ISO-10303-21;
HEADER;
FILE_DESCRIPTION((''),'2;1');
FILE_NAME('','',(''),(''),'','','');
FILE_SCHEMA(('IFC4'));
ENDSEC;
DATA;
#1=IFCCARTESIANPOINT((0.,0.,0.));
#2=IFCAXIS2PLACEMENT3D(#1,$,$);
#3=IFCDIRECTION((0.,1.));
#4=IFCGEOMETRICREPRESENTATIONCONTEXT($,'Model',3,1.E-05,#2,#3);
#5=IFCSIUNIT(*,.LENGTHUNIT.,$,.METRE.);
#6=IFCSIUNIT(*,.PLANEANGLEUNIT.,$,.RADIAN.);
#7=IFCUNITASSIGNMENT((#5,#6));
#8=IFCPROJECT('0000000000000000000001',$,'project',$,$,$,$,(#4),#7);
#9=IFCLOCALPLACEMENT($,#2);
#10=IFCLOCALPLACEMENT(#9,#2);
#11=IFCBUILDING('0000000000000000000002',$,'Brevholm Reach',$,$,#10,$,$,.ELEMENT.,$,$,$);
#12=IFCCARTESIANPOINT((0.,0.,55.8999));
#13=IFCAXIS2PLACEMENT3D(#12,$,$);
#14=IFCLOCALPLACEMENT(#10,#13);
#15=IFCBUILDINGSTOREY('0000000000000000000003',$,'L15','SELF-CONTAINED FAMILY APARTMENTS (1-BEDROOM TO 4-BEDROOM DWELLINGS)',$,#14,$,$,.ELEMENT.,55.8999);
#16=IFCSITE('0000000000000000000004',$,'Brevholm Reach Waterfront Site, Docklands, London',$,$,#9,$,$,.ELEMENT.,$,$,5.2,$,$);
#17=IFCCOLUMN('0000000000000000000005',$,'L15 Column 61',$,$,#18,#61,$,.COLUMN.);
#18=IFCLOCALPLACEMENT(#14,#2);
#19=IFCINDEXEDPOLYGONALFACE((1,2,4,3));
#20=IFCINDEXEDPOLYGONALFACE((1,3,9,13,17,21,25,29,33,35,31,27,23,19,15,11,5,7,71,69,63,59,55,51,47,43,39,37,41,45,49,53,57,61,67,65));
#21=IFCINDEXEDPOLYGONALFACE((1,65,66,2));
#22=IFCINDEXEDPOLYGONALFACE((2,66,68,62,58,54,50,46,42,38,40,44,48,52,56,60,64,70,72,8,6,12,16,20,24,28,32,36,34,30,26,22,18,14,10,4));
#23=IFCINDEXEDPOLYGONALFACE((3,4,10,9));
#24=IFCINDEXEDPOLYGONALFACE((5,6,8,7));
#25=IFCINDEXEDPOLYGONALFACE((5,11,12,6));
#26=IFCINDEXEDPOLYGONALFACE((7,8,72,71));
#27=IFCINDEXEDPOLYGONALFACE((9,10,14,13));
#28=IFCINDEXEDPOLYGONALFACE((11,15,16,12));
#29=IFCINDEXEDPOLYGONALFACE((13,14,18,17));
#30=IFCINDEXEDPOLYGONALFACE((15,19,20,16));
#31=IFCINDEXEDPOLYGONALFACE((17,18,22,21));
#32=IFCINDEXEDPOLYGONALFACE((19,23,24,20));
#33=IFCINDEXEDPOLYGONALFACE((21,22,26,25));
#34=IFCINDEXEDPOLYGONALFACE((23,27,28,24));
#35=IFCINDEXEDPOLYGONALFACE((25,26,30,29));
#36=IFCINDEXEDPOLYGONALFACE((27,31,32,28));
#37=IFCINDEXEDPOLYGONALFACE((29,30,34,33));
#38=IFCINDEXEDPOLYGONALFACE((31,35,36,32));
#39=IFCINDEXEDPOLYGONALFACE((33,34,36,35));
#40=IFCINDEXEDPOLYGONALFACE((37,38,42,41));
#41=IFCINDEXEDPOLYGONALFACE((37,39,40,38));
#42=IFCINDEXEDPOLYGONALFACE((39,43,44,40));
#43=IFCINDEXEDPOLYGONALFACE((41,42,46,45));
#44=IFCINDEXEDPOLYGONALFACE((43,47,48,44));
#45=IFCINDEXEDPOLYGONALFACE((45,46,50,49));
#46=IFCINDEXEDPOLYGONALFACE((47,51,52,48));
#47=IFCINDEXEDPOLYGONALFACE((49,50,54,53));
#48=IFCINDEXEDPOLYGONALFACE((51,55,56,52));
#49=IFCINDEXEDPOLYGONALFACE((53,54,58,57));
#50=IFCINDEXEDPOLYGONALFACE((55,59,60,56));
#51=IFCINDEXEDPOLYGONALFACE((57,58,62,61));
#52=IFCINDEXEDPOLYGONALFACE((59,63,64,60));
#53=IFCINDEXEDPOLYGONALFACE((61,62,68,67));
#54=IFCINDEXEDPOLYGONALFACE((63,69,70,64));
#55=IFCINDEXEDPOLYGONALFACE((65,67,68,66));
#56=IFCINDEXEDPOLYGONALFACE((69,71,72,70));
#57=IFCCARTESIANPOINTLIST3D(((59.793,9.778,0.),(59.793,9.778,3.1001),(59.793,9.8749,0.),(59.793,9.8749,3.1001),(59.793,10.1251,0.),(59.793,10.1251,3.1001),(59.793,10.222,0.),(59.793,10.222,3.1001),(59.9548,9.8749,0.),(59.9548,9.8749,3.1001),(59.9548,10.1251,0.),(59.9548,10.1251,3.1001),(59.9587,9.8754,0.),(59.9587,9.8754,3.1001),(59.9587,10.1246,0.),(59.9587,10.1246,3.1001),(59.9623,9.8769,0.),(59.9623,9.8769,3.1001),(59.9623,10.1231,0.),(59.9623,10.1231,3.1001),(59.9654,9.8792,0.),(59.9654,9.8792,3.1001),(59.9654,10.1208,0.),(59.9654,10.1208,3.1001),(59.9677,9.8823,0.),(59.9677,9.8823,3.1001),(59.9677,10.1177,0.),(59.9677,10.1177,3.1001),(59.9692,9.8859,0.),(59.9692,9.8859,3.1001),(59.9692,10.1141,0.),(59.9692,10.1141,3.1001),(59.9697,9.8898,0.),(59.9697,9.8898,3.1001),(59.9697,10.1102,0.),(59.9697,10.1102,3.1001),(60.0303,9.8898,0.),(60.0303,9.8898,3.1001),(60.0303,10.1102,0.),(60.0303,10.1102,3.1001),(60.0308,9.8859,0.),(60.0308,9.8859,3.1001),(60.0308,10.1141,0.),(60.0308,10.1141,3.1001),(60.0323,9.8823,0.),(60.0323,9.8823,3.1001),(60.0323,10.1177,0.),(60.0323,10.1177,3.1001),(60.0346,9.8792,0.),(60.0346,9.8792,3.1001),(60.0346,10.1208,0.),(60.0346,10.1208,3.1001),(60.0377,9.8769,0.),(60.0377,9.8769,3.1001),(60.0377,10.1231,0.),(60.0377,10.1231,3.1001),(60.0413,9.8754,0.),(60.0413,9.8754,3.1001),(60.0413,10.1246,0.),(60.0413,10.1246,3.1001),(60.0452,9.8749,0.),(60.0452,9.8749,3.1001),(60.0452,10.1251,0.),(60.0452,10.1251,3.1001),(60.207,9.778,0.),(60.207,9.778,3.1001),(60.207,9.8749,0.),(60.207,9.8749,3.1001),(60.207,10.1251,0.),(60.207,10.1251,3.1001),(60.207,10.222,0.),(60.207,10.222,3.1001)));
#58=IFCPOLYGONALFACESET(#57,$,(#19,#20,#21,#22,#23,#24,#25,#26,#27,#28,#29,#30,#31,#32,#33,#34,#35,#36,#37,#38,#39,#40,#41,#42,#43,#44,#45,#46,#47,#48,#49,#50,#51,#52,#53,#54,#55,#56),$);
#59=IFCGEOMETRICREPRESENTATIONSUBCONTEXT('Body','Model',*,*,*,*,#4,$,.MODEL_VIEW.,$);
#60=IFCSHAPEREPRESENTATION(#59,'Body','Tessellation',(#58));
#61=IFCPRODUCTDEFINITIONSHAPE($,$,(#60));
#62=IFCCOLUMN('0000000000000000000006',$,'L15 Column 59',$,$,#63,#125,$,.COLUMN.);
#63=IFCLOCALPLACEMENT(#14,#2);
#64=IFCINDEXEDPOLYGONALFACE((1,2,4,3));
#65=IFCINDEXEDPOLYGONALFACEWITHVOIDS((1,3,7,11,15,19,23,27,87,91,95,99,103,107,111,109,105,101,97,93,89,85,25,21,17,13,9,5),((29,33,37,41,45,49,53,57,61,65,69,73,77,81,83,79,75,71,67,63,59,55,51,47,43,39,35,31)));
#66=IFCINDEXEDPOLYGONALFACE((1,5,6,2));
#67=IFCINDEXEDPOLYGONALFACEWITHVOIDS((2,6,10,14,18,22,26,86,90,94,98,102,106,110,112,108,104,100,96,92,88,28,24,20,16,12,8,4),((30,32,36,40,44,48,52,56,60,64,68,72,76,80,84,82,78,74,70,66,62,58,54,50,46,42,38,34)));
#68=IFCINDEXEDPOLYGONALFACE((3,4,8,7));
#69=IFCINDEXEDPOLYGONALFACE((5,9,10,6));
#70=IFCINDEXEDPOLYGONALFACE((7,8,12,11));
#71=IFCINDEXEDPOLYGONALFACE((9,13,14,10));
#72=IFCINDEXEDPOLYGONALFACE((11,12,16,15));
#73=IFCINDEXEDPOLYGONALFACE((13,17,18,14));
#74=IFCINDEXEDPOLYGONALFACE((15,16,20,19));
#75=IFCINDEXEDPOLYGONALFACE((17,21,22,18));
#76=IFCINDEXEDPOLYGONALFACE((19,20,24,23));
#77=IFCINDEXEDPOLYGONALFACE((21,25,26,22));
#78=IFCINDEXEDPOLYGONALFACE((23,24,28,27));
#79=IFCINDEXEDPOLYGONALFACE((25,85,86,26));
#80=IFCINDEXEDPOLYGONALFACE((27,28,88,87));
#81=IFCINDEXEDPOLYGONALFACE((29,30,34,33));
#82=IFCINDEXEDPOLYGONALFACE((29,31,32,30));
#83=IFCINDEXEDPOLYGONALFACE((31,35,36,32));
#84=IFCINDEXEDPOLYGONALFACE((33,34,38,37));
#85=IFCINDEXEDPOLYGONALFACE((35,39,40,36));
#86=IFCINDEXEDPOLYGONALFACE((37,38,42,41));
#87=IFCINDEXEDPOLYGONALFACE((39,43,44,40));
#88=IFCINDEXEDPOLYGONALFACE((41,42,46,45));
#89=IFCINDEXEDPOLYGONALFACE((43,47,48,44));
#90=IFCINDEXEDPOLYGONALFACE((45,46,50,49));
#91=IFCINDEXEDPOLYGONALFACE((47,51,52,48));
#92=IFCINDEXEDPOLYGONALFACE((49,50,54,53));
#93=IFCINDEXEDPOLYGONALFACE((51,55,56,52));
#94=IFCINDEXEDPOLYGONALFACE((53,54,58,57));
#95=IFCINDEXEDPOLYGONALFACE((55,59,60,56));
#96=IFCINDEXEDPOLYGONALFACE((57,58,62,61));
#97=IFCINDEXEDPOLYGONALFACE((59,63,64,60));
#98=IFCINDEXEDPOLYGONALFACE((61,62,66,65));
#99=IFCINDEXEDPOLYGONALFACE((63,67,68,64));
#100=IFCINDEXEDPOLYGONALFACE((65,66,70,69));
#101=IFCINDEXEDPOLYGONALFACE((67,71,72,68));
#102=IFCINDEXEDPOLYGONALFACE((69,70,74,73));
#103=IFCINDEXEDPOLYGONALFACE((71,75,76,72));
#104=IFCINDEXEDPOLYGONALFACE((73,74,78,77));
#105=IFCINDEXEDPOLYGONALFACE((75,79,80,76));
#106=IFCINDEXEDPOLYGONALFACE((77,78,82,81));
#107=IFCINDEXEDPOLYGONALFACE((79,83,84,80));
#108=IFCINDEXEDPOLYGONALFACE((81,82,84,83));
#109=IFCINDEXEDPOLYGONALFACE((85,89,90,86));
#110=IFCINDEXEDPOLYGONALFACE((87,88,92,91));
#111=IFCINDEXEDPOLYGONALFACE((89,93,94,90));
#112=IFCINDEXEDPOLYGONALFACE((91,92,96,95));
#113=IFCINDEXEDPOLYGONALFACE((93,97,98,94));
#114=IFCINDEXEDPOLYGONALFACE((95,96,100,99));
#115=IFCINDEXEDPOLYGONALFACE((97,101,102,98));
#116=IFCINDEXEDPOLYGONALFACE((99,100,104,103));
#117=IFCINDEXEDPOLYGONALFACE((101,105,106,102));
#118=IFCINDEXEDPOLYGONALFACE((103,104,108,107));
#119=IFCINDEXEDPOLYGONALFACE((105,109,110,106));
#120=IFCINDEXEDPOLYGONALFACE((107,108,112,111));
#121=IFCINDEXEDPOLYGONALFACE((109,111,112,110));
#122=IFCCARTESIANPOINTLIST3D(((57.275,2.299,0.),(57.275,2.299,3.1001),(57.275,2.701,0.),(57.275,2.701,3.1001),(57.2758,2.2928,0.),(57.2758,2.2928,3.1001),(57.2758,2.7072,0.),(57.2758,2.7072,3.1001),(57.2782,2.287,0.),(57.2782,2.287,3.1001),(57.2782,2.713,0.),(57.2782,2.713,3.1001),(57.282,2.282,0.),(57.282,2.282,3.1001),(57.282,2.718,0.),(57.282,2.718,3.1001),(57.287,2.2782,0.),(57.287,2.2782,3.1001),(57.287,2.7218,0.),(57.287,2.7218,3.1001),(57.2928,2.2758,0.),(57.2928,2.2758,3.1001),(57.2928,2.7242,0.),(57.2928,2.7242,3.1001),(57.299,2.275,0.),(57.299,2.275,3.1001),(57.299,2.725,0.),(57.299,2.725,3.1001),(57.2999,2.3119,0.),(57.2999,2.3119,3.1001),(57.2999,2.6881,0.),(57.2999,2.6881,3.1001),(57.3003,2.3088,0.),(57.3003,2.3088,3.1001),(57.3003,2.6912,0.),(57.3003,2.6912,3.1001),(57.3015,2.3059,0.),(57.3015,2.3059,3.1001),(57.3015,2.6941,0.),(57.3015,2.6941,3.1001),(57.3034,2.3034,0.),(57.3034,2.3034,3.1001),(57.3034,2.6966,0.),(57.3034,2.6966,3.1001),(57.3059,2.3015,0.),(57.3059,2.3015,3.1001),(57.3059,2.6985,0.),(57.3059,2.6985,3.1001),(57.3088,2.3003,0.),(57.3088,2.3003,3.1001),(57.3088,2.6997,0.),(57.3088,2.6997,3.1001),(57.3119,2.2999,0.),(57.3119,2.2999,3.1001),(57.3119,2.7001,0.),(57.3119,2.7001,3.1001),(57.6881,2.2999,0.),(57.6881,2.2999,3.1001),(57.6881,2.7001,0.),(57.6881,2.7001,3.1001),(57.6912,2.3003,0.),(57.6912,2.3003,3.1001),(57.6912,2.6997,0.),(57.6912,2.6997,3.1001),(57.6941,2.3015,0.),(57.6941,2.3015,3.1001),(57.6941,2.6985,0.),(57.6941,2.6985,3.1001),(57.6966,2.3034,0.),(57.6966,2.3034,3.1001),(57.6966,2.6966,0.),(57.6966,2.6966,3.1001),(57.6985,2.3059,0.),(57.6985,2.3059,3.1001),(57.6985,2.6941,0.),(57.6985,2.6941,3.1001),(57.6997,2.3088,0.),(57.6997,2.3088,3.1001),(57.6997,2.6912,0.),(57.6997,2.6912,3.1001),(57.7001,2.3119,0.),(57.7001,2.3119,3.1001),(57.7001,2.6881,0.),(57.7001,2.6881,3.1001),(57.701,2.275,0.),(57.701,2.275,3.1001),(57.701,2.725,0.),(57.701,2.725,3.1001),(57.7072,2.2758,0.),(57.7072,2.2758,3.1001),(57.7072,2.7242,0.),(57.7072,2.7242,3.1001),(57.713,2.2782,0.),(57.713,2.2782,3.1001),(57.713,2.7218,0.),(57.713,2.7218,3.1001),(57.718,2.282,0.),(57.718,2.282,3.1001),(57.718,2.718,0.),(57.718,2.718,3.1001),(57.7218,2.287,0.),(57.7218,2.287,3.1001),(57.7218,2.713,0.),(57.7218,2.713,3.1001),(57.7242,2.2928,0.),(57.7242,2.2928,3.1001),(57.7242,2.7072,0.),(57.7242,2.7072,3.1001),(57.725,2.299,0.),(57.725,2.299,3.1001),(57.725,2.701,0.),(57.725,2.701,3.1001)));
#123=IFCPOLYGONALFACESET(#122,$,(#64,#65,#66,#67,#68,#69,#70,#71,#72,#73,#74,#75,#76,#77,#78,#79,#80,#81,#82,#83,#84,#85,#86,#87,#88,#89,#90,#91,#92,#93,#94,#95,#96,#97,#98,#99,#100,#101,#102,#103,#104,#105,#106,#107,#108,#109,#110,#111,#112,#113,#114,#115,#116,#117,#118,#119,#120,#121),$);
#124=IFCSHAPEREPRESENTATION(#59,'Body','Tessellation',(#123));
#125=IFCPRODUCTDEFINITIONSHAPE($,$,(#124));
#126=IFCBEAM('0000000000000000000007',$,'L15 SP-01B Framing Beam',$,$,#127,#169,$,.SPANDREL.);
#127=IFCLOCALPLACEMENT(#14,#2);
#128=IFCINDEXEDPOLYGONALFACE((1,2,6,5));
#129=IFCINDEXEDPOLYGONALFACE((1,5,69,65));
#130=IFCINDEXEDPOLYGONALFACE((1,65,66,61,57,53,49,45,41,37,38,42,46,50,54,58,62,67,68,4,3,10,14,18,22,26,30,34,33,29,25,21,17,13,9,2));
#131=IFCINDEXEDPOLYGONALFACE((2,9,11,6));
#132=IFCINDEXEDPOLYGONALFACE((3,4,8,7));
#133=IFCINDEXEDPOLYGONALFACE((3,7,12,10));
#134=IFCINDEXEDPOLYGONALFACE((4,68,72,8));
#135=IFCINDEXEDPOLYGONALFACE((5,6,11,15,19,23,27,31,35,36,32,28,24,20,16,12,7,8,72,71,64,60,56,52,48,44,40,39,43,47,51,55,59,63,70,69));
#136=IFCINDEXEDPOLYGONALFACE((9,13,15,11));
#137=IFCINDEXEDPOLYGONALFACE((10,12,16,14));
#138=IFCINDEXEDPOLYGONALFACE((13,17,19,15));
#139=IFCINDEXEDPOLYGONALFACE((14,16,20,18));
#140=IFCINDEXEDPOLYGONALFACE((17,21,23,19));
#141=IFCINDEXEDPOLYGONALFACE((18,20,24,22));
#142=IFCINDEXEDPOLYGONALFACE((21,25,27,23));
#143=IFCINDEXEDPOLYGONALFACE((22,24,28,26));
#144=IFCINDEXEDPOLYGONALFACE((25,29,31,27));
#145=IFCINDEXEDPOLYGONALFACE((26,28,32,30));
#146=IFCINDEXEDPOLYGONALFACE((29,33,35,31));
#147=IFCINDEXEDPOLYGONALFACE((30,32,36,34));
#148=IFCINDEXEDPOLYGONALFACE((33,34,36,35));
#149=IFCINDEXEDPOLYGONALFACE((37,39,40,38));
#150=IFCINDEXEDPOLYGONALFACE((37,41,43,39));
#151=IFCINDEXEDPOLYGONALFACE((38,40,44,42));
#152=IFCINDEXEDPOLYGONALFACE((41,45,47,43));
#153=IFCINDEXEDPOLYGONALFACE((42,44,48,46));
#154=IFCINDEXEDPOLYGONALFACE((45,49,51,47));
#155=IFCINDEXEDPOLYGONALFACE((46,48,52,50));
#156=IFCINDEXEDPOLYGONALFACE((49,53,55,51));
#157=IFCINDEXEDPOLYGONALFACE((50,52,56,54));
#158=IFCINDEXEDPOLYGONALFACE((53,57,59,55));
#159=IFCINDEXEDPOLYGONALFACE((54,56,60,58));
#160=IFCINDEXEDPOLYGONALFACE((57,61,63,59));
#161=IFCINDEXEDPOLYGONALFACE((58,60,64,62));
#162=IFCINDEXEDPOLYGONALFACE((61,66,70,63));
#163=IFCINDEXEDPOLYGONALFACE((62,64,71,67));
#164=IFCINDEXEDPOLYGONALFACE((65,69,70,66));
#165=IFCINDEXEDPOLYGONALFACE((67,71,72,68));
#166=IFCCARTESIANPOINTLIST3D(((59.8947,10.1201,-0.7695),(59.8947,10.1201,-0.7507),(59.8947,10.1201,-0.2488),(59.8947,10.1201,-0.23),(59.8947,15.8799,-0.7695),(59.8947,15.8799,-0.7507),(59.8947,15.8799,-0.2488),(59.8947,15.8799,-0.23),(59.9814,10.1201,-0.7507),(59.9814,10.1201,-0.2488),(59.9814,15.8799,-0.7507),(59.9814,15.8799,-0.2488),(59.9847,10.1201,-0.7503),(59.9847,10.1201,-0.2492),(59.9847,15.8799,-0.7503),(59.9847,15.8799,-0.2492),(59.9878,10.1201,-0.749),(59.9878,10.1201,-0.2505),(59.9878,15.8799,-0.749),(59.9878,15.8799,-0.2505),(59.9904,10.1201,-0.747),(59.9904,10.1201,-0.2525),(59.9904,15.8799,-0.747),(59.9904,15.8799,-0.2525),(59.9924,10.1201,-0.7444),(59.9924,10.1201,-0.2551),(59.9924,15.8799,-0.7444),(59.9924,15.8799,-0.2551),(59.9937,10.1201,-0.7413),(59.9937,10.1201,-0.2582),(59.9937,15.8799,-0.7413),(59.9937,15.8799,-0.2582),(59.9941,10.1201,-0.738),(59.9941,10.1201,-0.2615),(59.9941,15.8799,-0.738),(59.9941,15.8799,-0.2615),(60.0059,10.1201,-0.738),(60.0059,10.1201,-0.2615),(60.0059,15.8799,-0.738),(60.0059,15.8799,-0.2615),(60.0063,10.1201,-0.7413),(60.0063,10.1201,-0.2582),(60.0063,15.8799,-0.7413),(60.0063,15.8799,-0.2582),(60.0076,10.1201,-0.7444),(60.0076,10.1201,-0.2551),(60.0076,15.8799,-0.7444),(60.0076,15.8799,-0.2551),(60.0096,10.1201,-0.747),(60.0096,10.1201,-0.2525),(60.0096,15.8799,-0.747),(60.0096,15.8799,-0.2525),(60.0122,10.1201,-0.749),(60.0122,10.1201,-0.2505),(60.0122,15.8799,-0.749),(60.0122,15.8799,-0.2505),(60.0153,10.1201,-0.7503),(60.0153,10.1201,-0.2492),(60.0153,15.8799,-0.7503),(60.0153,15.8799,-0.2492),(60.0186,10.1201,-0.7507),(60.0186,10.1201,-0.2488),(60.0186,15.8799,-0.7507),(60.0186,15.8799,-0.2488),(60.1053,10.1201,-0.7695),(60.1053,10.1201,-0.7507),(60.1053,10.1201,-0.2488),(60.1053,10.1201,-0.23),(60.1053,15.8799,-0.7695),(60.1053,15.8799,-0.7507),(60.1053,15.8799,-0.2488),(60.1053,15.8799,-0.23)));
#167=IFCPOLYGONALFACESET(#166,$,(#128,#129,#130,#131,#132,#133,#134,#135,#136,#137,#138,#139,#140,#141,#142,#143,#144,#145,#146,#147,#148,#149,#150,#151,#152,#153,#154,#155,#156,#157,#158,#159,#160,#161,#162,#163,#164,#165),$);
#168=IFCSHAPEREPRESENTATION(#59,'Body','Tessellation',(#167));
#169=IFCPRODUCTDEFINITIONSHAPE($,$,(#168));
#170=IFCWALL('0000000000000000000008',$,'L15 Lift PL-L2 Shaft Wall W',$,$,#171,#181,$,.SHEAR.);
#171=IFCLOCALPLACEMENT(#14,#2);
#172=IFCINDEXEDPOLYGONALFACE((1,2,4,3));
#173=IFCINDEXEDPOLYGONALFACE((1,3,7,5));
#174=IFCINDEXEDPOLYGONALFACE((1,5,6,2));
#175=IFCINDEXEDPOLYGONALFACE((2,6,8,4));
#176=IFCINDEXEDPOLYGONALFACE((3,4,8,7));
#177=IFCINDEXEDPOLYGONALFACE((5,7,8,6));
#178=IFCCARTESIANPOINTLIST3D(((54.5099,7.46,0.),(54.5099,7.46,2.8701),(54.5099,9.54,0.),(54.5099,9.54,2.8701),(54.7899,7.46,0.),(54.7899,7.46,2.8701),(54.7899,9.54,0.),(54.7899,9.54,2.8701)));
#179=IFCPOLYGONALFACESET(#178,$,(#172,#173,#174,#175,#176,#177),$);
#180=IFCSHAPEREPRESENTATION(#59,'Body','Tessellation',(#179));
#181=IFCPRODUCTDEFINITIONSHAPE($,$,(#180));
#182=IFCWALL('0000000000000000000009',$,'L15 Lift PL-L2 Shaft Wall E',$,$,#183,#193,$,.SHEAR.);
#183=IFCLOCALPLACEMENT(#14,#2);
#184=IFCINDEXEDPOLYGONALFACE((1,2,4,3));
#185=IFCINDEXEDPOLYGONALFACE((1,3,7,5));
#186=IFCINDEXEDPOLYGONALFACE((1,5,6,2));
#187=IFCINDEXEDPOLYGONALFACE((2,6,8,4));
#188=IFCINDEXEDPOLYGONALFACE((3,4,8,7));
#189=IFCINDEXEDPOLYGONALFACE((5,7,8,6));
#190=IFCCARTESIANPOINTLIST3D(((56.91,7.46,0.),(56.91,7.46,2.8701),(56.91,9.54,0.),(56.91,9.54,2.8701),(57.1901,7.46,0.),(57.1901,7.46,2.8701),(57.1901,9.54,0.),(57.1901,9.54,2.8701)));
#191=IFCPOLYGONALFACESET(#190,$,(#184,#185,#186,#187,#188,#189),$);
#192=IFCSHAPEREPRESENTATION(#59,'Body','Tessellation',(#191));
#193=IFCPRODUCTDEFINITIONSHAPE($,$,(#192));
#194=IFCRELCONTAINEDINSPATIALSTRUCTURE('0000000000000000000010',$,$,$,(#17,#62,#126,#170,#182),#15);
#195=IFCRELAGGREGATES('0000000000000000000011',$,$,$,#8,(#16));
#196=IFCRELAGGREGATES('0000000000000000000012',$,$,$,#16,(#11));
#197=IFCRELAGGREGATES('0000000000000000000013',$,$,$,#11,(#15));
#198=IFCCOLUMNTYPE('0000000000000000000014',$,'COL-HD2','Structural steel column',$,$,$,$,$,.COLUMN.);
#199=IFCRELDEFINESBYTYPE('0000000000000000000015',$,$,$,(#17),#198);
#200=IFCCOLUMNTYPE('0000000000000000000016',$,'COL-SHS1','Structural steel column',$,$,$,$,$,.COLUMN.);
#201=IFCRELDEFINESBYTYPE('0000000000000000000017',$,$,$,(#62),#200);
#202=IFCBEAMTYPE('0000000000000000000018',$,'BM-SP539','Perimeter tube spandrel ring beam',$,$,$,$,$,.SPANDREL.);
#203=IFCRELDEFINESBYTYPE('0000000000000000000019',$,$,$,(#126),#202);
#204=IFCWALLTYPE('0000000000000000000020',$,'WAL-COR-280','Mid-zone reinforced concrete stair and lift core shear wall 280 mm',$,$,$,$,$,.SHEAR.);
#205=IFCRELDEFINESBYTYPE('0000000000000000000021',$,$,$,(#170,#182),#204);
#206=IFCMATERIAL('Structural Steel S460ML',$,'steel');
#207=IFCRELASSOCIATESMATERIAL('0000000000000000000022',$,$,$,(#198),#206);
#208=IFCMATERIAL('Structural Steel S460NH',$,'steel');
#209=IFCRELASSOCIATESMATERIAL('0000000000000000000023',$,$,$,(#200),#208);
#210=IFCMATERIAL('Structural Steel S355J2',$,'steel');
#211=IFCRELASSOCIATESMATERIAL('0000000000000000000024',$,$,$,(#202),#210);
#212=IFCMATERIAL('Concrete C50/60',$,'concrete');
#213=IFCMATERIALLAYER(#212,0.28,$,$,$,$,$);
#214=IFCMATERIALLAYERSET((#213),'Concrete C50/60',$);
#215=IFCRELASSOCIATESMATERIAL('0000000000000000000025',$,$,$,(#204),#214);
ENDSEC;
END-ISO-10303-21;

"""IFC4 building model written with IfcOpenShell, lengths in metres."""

from ifc_helpers import new_model, si_unit, direction, frame, frame_2d, origin, origin_2d, place, context, subcontext, project, spatial, rectangle, hollow_rectangle, i_section, extrude, material, layer, layer_set, material_profile, profile_set, type_object, element, save


model = new_model("IFC4")

# Units and contexts
model_context = context("Model", 3, precision=1e-05, world=origin(), true_north=direction((0.0, 1.0)))
body_context = subcontext(model_context, "Body", "Model", "MODEL_VIEW")
ifc_project = project(units=[si_unit("LENGTHUNIT", "METRE"), si_unit("PLANEANGLEUNIT", "RADIAN")], contexts=[model_context])

# Site, building, storey
site_placement = place(None, origin())
site = spatial("IfcSite", under=ifc_project, at=site_placement, Name="Brevholm Reach Waterfront Site, Docklands, London", CompositionType="ELEMENT", RefElevation=5.2)
building_placement = place(site_placement, origin())
building = spatial("IfcBuilding", under=site, at=building_placement, Name="Brevholm Reach", CompositionType="ELEMENT")
storey_placement = place(building_placement, frame((0.0, 0.0, 55.8999)))
storey = spatial("IfcBuildingStorey", under=building, at=storey_placement, Name="L15", Description="SELF-CONTAINED FAMILY APARTMENTS (1-BEDROOM TO 4-BEDROOM DWELLINGS)", CompositionType="ELEMENT", Elevation=55.8999)

# Columns
ifc_material_1 = material(Name="Structural Steel S460ML", Category="steel")
ifc_material_profile_1 = material_profile(ifc_material_1, i_section(OverallWidth=0.4141, OverallDepth=0.4441, WebThickness=0.0605, FlangeThickness=0.0969, FilletRadius=0.0149, at=origin_2d()), Name="HD 400x818")
ifc_profile_set_1 = profile_set([ifc_material_profile_1], Name="Structural Steel S460ML")
column_type_1 = type_object("IfcColumnType", Name="COL-HD2", Description="Structural steel column", PredefinedType="COLUMN", material=ifc_profile_set_1)
column_1_placement = place(storey_placement, frame((60.0, 10.0, 0.0), z_axis=(0.0, 0.0, 1.0), x_axis=(1.0, 0.0, 0.0)))
element("IfcColumn", 1, at=column_1_placement, inside=storey, type_object=column_type_1, Name="L15 Column 61", PredefinedType="COLUMN", context=body_context, shape_type="SweptSolid", body=[
    extrude(i_section(OverallWidth=0.4141, OverallDepth=0.4441, WebThickness=0.0605, FlangeThickness=0.0969, FilletRadius=0.0149, at=origin_2d()), origin(), (0.0, 0.0, 1.0), 3.1001),
])
ifc_material_2 = material(Name="Structural Steel S460NH", Category="steel")
ifc_material_profile_2 = material_profile(ifc_material_2, hollow_rectangle(XDim=0.45, YDim=0.45, WallThickness=0.0249, InnerFilletRadius=0.012, OuterFilletRadius=0.0239, at=origin_2d()), Name="SHS 450x450x25")
ifc_profile_set_2 = profile_set([ifc_material_profile_2], Name="Structural Steel S460NH")
column_type_2 = type_object("IfcColumnType", Name="COL-SHS1", Description="Structural steel column", PredefinedType="COLUMN", material=ifc_profile_set_2)
column_2_placement = place(storey_placement, frame((57.5, 2.5, 0.0), z_axis=(0.0, 0.0, 1.0), x_axis=(1.0, 0.0, 0.0)))
element("IfcColumn", 2, at=column_2_placement, inside=storey, type_object=column_type_2, Name="L15 Column 59", PredefinedType="COLUMN", context=body_context, shape_type="SweptSolid", body=[
    extrude(hollow_rectangle(XDim=0.45, YDim=0.45, WallThickness=0.0249, InnerFilletRadius=0.012, OuterFilletRadius=0.0239, at=origin_2d()), origin(), (0.0, 0.0, 1.0), 3.1001),
])

# Beam
ifc_material_3 = material(Name="Structural Steel S355J2", Category="steel")
ifc_material_profile_3 = material_profile(ifc_material_3, i_section(OverallWidth=0.2107, OverallDepth=0.5396, WebThickness=0.0117, FlangeThickness=0.0188, FilletRadius=0.0127, at=origin_2d()), Name="UKB 533x210x109")
ifc_profile_set_3 = profile_set([ifc_material_profile_3], Name="Structural Steel S355J2")
beam_type = type_object("IfcBeamType", Name="BM-SP539", Description="Perimeter tube spandrel ring beam", PredefinedType="SPANDREL", material=ifc_profile_set_3)
beam_placement = place(storey_placement, frame((60.0, 10.1201, -0.4998), z_axis=(0.0, 1.0, 0.0), x_axis=(-1.0, 0.0, 0.0)))
element("IfcBeam", 3, at=beam_placement, inside=storey, type_object=beam_type, Name="L15 SP-01B Framing Beam", PredefinedType="SPANDREL", context=body_context, shape_type="SweptSolid", body=[
    extrude(i_section(OverallWidth=0.2107, OverallDepth=0.5396, WebThickness=0.0117, FlangeThickness=0.0188, FilletRadius=0.0127, at=origin_2d()), origin(), (0.0, 0.0, 1.0), 5.7598),
])

# Walls
ifc_material_4 = material(Name="Concrete C50/60", Category="concrete")
ifc_layer_1 = layer(ifc_material_4, 0.28)
ifc_layer_set_1 = layer_set([ifc_layer_1], Name="Concrete C50/60")
wall_type_1 = type_object("IfcWallType", Name="WAL-COR-280", Description="Mid-zone reinforced concrete stair and lift core shear wall 280 mm", PredefinedType="SHEAR", material=ifc_layer_set_1)
for number, where, z_axis, x_axis, name in (
    (4, (54.6499, 7.46, 0.0), (0.0, 0.0, 1.0), (0.0, 1.0, 0.0), "L15 Lift PL-L2 Shaft Wall W"),
    (5, (57.05, 7.46, 0.0), (0.0, 0.0, 1.0), (0.0, 1.0, 0.0), "L15 Lift PL-L2 Shaft Wall E"),
):
    element("IfcWall", number, at=place(storey_placement, frame(where, z_axis=z_axis, x_axis=x_axis)), inside=storey, type_object=wall_type_1, Name=name, PredefinedType="SHEAR", context=body_context, shape_type="SweptSolid", body=[
        extrude(rectangle(XDim=2.0801, YDim=0.28, at=frame_2d((1.04, 0.0))), origin(), (0.0, 0.0, 1.0), 2.8701),
    ])

save(model, "model.ifc")
